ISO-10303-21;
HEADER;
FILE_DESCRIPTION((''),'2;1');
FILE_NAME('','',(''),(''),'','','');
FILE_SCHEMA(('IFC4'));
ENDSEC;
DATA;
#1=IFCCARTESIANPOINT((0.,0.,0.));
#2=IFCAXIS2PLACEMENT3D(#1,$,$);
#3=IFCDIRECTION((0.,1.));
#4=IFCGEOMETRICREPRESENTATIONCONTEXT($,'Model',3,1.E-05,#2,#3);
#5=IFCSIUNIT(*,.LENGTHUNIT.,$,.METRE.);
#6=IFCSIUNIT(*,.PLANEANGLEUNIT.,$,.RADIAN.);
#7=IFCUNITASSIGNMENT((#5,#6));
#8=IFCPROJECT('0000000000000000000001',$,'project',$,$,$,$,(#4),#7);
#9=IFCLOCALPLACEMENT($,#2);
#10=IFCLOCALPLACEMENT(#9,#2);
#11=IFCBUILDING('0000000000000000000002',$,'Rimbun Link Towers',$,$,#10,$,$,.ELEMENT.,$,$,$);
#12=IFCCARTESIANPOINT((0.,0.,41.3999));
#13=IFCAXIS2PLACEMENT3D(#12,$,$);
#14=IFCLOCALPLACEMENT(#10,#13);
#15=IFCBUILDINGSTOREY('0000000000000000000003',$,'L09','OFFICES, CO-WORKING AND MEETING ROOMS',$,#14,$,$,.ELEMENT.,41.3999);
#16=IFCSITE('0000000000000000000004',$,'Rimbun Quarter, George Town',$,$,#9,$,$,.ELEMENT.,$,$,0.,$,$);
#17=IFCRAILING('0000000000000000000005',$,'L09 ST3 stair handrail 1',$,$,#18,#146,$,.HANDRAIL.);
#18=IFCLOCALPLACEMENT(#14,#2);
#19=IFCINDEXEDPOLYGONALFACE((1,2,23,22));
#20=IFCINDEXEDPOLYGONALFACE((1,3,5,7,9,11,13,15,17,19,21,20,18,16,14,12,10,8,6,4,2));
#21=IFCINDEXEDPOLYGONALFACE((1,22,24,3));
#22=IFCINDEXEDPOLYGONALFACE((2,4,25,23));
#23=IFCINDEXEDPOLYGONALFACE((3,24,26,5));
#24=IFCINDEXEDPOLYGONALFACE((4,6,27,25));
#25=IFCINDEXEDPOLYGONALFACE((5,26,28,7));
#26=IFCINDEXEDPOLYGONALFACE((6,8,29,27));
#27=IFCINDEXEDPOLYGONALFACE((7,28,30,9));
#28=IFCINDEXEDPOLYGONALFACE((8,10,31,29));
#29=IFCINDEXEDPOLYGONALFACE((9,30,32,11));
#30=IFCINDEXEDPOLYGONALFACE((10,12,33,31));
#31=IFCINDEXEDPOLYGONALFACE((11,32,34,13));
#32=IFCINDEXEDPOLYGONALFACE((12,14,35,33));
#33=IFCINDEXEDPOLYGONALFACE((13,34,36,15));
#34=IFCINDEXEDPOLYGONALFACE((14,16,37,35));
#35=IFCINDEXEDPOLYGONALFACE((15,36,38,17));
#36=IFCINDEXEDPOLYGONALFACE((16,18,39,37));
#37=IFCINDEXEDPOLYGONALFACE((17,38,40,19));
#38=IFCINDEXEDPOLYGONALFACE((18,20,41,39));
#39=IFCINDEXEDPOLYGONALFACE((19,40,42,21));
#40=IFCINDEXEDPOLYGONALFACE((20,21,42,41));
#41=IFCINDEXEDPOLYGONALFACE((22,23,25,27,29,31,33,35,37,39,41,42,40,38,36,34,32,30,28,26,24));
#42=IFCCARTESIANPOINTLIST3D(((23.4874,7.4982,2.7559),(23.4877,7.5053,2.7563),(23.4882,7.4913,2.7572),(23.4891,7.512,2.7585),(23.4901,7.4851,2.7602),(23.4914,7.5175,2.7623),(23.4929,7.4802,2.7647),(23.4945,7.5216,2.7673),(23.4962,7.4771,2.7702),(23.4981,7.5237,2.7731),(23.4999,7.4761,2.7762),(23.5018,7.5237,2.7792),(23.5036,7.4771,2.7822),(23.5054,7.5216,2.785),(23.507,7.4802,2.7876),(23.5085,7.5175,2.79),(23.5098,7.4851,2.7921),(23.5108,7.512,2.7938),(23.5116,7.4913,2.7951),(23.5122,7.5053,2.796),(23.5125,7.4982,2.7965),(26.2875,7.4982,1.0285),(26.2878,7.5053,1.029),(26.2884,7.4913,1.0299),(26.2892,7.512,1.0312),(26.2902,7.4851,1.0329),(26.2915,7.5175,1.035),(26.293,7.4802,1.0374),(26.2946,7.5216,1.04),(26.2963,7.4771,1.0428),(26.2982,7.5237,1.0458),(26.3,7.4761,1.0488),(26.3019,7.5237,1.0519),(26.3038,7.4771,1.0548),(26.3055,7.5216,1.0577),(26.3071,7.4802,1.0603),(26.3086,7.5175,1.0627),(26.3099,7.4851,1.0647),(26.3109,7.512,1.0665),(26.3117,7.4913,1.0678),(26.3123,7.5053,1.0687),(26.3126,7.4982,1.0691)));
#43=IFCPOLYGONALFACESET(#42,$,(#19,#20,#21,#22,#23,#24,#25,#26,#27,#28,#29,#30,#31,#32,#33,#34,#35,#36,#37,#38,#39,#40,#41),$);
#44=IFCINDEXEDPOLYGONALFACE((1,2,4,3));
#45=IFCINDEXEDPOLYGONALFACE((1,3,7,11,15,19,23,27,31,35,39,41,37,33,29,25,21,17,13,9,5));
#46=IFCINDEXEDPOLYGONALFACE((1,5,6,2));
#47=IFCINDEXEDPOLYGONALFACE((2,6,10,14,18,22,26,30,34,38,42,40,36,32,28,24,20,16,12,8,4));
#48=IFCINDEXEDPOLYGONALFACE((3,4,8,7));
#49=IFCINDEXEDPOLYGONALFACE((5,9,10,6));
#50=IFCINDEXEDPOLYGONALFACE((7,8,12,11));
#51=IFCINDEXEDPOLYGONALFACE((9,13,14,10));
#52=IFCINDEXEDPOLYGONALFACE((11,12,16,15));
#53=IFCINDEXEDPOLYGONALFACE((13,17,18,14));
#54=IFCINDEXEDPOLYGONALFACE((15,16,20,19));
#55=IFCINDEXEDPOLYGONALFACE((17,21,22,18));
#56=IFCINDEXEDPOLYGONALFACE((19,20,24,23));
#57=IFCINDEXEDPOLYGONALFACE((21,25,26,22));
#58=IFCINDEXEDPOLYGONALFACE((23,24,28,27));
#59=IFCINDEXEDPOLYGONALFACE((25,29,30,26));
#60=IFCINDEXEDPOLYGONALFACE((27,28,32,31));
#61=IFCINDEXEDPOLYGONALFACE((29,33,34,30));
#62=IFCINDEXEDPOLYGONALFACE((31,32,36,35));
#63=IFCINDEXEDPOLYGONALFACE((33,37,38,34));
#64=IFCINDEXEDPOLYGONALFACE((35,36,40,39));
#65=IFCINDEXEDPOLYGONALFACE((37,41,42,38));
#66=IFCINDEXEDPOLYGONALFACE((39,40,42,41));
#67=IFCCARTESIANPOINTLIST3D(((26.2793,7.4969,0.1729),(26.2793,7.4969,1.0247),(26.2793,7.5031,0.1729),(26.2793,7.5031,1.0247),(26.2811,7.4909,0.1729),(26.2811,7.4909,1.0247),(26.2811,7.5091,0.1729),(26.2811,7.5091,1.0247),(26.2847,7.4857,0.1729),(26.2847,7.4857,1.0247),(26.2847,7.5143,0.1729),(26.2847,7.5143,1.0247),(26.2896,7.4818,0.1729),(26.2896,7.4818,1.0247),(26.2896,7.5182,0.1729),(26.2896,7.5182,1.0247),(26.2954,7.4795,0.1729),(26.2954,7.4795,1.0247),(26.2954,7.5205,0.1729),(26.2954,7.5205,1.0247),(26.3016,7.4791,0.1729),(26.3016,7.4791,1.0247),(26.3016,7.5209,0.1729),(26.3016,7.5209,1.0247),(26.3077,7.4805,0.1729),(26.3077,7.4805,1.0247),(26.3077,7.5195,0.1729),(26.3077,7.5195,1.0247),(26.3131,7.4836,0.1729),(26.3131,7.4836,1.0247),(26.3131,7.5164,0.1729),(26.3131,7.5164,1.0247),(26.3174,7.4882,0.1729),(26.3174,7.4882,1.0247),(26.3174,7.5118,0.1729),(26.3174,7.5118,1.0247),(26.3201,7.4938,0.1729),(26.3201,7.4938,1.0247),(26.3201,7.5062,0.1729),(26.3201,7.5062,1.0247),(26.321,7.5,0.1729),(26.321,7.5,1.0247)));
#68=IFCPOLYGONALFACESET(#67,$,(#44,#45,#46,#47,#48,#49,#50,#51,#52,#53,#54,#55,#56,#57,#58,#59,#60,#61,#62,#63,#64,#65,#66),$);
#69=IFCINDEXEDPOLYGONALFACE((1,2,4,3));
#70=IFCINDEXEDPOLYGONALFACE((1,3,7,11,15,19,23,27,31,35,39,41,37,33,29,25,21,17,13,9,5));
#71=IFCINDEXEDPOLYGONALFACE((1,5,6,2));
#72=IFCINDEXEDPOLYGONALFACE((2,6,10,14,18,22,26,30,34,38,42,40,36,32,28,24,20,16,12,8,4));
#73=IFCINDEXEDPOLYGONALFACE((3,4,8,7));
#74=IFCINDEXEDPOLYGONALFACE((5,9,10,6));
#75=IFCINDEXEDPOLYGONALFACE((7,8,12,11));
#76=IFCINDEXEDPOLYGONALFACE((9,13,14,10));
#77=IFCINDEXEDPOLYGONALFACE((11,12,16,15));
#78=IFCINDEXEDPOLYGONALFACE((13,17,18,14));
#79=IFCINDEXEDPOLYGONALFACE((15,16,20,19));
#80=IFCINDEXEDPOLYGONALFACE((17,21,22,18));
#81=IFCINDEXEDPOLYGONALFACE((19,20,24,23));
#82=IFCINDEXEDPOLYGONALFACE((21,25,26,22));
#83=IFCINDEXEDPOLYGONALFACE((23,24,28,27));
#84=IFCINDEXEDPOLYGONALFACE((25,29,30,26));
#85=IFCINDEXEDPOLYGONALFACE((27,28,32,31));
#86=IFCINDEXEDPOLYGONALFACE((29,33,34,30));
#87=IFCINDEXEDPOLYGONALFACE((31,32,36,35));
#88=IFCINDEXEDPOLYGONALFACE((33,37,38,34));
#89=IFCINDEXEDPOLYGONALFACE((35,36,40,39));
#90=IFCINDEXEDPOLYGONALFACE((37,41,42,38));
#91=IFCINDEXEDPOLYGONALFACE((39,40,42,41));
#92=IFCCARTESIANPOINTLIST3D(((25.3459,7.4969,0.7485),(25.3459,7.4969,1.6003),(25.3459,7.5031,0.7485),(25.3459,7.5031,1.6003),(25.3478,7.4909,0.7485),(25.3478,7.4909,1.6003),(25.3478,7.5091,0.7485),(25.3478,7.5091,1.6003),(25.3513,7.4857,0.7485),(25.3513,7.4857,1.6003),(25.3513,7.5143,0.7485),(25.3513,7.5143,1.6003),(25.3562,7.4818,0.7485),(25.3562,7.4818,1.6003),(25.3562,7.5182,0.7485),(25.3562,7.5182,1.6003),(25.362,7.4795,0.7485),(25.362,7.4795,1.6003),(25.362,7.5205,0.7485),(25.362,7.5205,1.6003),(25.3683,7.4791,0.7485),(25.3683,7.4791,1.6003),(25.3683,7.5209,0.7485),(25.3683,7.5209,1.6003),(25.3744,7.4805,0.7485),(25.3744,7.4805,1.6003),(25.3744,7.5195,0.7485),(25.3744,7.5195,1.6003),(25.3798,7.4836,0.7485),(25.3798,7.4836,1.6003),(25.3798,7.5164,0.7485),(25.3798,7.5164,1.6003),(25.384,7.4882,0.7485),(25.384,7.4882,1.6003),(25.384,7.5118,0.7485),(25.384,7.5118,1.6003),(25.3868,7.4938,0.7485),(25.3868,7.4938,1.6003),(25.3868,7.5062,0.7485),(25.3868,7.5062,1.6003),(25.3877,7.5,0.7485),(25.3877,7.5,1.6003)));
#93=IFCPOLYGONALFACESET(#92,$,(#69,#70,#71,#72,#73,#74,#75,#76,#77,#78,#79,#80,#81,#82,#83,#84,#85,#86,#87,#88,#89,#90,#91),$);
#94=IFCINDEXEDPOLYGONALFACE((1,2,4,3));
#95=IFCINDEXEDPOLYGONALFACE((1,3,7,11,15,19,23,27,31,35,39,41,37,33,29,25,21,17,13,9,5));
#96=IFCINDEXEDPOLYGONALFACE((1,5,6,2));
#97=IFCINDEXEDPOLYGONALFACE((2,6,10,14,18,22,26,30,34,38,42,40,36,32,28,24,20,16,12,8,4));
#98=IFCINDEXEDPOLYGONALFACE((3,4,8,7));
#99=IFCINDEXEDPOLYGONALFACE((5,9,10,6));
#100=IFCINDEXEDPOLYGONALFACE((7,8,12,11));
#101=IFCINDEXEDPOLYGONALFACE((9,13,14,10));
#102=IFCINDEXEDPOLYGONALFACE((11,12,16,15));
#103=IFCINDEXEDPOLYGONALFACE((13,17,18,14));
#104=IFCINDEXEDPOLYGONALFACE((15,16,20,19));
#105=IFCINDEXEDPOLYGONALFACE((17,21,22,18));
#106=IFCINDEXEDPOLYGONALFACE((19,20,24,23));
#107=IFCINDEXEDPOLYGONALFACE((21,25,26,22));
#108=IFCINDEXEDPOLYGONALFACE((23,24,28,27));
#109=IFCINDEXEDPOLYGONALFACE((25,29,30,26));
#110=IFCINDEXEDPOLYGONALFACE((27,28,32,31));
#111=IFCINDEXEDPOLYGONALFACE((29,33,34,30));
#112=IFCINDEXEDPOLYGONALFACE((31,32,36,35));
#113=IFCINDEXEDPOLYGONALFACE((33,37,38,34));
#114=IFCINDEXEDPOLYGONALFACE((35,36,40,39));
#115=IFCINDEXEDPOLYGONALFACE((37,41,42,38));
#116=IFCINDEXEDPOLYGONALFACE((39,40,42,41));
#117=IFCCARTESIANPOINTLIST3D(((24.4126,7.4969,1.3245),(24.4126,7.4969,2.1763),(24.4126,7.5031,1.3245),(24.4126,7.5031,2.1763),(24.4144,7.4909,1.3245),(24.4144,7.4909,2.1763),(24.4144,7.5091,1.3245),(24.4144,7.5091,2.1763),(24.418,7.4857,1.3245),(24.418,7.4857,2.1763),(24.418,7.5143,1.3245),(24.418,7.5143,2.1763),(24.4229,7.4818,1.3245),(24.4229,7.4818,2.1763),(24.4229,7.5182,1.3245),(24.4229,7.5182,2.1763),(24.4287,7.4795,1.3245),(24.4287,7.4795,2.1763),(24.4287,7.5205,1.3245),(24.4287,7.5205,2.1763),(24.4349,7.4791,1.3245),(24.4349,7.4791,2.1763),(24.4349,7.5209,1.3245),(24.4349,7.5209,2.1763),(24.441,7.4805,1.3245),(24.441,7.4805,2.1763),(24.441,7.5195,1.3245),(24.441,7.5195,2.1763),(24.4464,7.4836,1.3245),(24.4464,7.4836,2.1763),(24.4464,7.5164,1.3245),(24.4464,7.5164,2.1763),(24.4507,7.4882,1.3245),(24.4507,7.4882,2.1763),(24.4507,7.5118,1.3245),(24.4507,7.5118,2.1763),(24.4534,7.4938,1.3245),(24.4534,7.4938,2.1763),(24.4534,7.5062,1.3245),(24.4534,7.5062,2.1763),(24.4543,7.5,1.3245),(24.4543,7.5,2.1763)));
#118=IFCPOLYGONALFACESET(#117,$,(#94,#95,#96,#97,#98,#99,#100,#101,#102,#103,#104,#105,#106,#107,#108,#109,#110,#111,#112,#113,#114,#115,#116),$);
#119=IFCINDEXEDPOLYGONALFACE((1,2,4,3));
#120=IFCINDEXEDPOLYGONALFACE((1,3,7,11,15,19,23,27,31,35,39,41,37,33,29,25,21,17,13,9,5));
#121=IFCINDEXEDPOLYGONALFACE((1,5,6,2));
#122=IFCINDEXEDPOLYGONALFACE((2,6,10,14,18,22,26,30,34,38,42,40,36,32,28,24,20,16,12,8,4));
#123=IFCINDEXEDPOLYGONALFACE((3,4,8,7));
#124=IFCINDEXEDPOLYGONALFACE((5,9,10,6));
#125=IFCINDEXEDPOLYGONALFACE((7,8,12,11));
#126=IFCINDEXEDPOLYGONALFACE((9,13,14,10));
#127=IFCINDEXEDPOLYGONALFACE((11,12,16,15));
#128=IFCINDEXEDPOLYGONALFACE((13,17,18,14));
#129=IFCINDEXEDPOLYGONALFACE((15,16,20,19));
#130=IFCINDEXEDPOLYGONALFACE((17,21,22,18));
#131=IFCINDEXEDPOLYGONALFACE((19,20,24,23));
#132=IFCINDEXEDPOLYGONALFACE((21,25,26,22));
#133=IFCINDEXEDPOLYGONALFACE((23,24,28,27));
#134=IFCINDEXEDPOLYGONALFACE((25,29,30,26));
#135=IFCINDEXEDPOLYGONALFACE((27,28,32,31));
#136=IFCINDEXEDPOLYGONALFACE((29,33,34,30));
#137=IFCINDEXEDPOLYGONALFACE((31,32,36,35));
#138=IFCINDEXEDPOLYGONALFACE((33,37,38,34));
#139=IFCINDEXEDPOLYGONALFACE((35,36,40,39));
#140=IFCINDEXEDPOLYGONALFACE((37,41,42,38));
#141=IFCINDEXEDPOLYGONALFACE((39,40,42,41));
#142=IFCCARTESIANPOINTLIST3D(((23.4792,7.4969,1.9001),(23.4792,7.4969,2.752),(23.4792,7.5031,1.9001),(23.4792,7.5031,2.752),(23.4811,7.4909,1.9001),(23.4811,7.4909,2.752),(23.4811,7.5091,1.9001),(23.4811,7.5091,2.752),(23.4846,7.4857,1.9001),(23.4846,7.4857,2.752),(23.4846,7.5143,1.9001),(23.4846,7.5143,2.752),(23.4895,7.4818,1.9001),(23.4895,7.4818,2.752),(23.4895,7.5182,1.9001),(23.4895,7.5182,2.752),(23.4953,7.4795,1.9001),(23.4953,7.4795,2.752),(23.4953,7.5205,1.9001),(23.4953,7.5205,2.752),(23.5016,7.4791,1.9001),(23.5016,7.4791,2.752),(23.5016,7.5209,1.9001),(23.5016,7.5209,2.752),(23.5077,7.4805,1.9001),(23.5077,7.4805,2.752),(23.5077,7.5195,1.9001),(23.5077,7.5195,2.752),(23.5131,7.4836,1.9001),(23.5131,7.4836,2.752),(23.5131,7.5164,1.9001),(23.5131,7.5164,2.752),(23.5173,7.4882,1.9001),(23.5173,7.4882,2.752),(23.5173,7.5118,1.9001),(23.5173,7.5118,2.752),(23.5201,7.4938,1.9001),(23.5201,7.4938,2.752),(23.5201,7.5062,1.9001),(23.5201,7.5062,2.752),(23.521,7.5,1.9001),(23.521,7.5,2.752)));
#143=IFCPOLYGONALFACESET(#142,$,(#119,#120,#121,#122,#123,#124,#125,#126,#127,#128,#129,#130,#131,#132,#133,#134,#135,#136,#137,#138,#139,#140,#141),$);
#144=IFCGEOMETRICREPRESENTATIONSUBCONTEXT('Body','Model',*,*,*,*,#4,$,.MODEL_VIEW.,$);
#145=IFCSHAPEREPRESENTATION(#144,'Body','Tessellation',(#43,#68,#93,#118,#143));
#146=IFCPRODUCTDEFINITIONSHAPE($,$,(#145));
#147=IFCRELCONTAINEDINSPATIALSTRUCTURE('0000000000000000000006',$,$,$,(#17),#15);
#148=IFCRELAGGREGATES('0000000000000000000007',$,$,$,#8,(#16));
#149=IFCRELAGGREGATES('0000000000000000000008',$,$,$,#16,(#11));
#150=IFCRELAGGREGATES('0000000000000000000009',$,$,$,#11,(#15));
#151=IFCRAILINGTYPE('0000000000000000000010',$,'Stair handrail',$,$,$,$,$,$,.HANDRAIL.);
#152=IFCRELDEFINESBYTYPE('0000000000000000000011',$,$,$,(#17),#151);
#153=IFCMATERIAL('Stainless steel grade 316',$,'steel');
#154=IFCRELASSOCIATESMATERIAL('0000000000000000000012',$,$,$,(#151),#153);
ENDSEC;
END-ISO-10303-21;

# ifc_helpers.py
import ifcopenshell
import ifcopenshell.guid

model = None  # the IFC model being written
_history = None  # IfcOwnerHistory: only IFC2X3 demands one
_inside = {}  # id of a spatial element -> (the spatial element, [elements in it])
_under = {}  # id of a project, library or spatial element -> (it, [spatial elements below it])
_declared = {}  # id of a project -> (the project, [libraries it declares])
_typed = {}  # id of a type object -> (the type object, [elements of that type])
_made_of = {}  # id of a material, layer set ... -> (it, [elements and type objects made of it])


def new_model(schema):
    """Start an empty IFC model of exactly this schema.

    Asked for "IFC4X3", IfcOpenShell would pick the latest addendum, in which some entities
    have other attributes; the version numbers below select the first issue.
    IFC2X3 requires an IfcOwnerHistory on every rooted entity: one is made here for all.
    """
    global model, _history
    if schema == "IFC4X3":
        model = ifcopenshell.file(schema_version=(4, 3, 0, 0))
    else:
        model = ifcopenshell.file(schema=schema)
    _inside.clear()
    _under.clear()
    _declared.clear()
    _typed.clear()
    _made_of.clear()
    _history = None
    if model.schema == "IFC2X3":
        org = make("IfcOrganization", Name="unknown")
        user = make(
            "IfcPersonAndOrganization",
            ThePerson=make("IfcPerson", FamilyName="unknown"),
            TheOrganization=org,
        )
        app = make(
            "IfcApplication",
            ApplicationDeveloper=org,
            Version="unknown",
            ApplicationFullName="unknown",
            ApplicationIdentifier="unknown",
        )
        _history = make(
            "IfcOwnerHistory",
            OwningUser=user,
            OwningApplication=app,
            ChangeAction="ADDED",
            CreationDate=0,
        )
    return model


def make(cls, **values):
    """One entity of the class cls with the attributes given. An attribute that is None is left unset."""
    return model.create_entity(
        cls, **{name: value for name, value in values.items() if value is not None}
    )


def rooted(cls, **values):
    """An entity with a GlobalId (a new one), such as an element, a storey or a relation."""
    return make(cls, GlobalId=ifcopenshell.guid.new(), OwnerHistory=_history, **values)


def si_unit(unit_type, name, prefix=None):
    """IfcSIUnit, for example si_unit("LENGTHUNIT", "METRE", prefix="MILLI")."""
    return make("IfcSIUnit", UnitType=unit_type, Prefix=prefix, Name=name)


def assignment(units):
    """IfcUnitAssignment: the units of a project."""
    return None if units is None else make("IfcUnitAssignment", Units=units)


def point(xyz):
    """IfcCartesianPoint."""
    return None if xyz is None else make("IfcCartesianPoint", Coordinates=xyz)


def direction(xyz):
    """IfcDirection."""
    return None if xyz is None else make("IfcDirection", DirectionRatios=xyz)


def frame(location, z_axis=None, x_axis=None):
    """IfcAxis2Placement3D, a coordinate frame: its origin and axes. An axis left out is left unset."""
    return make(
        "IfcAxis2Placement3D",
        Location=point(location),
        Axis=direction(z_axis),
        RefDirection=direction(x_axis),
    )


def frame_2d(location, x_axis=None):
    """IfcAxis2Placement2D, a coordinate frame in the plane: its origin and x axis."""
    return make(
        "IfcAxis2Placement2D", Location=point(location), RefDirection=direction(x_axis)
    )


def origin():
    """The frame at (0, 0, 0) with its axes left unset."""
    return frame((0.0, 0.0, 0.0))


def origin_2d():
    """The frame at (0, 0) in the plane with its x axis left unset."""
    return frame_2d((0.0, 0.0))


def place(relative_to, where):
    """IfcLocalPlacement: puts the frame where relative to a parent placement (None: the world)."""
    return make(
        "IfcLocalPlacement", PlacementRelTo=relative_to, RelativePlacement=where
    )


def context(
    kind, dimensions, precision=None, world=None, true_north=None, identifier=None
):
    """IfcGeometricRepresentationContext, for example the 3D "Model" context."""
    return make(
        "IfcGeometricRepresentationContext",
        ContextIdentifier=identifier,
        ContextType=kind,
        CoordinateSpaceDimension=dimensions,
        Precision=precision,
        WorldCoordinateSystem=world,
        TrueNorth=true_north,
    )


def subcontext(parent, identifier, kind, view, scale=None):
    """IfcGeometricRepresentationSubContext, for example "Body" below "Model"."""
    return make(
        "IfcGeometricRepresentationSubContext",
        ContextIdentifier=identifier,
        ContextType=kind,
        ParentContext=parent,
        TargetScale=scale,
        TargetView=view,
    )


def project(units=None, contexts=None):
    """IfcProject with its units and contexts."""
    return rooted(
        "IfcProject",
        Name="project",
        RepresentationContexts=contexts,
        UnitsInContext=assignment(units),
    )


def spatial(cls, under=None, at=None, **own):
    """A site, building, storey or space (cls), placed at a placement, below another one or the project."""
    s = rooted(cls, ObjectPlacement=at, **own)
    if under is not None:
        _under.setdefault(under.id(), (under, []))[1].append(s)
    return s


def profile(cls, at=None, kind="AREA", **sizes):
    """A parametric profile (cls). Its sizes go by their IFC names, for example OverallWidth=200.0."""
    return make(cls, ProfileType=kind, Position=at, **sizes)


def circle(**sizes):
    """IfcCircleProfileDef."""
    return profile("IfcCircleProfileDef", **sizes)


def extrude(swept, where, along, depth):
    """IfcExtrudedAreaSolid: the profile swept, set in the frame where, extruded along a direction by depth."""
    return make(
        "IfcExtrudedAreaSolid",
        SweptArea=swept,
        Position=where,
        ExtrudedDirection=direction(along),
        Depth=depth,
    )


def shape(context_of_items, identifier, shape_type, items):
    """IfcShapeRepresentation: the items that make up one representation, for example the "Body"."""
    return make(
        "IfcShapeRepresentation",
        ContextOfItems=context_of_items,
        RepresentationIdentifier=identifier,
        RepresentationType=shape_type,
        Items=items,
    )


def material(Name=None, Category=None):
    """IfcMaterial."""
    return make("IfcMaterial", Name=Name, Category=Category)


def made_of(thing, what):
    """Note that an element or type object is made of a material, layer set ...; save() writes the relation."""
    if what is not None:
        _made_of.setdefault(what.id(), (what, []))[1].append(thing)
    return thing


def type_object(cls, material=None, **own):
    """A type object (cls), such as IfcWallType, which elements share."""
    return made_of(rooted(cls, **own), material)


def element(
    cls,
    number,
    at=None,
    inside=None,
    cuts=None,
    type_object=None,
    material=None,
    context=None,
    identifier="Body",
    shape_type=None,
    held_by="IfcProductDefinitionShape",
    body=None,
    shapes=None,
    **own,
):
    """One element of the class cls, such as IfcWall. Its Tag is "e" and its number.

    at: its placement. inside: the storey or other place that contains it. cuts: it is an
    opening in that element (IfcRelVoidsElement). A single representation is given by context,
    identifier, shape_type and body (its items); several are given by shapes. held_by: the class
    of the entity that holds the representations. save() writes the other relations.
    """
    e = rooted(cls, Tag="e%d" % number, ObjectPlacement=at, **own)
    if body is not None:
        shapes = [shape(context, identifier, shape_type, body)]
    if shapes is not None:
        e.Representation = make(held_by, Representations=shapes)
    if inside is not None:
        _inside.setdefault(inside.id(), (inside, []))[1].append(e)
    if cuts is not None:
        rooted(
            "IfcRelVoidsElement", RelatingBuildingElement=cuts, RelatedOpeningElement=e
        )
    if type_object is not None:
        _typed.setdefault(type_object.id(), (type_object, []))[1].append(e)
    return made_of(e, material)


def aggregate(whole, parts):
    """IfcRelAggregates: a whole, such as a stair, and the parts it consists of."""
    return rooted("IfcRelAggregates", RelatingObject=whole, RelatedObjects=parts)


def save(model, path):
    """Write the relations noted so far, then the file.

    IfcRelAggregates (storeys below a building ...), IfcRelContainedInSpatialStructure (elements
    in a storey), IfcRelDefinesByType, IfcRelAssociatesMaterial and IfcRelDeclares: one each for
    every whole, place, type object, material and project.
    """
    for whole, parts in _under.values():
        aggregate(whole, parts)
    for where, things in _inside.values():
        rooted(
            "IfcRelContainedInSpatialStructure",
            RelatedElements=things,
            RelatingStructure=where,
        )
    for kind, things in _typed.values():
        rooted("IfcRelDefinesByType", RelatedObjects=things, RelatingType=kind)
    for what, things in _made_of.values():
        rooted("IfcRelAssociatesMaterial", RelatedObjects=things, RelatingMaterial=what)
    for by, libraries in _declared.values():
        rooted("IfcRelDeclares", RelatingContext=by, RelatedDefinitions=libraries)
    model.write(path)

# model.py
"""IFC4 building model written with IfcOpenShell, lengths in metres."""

from ifc_helpers import new_model, si_unit, direction, frame, origin, origin_2d, place, context, subcontext, project, spatial, circle, extrude, material, type_object, element, save


model = new_model("IFC4")

# Units and contexts
model_context = context("Model", 3, precision=1e-05, world=origin(), true_north=direction((0.0, 1.0)))
body_context = subcontext(model_context, "Body", "Model", "MODEL_VIEW")
ifc_project = project(units=[si_unit("LENGTHUNIT", "METRE"), si_unit("PLANEANGLEUNIT", "RADIAN")], contexts=[model_context])

# Site, building, storey
site_placement = place(None, origin())
site = spatial("IfcSite", under=ifc_project, at=site_placement, Name="Rimbun Quarter, George Town", CompositionType="ELEMENT", RefElevation=0.0)
building_placement = place(site_placement, origin())
building = spatial("IfcBuilding", under=site, at=building_placement, Name="Rimbun Link Towers", CompositionType="ELEMENT")
storey_placement = place(building_placement, frame((0.0, 0.0, 41.3999)))
storey = spatial("IfcBuildingStorey", under=building, at=storey_placement, Name="L09", Description="OFFICES, CO-WORKING AND MEETING ROOMS", CompositionType="ELEMENT", Elevation=41.3999)

# Railing
ifc_material_1 = material(Name="Stainless steel grade 316", Category="steel")
railing_type_1 = type_object("IfcRailingType", Name="Stair handrail", PredefinedType="HANDRAIL", material=ifc_material_1)
railing_1_placement = place(storey_placement, frame((26.3, 7.5, 0.1729)))
element("IfcRailing", 1, at=railing_1_placement, inside=storey, type_object=railing_type_1, Name="L09 ST3 stair handrail 1", PredefinedType="HANDRAIL", context=body_context, shape_type="SweptSolid", body=[
    extrude(circle(Radius=0.0239, at=origin_2d()), frame((0.0, 0.0, 0.876), z_axis=(-0.85109, 0.0, 0.52502), x_axis=(0.0, -1.0, 0.0)), (0.0, 0.0, 1.0), 3.29),
    extrude(circle(Radius=0.021, at=origin_2d()), origin(), (0.0, 0.0, 1.0), 0.8518),
    extrude(circle(Radius=0.021, at=origin_2d()), frame((-0.9333, 0.0, 0.5757)), (0.0, 0.0, 1.0), 0.8518),
    extrude(circle(Radius=0.021, at=origin_2d()), frame((-1.8667, 0.0, 1.1516)), (0.0, 0.0, 1.0), 0.8518),
    extrude(circle(Radius=0.021, at=origin_2d()), frame((-2.8, 0.0, 1.7273)), (0.0, 0.0, 1.0), 0.8518),
])

save(model, "model.ifc")
